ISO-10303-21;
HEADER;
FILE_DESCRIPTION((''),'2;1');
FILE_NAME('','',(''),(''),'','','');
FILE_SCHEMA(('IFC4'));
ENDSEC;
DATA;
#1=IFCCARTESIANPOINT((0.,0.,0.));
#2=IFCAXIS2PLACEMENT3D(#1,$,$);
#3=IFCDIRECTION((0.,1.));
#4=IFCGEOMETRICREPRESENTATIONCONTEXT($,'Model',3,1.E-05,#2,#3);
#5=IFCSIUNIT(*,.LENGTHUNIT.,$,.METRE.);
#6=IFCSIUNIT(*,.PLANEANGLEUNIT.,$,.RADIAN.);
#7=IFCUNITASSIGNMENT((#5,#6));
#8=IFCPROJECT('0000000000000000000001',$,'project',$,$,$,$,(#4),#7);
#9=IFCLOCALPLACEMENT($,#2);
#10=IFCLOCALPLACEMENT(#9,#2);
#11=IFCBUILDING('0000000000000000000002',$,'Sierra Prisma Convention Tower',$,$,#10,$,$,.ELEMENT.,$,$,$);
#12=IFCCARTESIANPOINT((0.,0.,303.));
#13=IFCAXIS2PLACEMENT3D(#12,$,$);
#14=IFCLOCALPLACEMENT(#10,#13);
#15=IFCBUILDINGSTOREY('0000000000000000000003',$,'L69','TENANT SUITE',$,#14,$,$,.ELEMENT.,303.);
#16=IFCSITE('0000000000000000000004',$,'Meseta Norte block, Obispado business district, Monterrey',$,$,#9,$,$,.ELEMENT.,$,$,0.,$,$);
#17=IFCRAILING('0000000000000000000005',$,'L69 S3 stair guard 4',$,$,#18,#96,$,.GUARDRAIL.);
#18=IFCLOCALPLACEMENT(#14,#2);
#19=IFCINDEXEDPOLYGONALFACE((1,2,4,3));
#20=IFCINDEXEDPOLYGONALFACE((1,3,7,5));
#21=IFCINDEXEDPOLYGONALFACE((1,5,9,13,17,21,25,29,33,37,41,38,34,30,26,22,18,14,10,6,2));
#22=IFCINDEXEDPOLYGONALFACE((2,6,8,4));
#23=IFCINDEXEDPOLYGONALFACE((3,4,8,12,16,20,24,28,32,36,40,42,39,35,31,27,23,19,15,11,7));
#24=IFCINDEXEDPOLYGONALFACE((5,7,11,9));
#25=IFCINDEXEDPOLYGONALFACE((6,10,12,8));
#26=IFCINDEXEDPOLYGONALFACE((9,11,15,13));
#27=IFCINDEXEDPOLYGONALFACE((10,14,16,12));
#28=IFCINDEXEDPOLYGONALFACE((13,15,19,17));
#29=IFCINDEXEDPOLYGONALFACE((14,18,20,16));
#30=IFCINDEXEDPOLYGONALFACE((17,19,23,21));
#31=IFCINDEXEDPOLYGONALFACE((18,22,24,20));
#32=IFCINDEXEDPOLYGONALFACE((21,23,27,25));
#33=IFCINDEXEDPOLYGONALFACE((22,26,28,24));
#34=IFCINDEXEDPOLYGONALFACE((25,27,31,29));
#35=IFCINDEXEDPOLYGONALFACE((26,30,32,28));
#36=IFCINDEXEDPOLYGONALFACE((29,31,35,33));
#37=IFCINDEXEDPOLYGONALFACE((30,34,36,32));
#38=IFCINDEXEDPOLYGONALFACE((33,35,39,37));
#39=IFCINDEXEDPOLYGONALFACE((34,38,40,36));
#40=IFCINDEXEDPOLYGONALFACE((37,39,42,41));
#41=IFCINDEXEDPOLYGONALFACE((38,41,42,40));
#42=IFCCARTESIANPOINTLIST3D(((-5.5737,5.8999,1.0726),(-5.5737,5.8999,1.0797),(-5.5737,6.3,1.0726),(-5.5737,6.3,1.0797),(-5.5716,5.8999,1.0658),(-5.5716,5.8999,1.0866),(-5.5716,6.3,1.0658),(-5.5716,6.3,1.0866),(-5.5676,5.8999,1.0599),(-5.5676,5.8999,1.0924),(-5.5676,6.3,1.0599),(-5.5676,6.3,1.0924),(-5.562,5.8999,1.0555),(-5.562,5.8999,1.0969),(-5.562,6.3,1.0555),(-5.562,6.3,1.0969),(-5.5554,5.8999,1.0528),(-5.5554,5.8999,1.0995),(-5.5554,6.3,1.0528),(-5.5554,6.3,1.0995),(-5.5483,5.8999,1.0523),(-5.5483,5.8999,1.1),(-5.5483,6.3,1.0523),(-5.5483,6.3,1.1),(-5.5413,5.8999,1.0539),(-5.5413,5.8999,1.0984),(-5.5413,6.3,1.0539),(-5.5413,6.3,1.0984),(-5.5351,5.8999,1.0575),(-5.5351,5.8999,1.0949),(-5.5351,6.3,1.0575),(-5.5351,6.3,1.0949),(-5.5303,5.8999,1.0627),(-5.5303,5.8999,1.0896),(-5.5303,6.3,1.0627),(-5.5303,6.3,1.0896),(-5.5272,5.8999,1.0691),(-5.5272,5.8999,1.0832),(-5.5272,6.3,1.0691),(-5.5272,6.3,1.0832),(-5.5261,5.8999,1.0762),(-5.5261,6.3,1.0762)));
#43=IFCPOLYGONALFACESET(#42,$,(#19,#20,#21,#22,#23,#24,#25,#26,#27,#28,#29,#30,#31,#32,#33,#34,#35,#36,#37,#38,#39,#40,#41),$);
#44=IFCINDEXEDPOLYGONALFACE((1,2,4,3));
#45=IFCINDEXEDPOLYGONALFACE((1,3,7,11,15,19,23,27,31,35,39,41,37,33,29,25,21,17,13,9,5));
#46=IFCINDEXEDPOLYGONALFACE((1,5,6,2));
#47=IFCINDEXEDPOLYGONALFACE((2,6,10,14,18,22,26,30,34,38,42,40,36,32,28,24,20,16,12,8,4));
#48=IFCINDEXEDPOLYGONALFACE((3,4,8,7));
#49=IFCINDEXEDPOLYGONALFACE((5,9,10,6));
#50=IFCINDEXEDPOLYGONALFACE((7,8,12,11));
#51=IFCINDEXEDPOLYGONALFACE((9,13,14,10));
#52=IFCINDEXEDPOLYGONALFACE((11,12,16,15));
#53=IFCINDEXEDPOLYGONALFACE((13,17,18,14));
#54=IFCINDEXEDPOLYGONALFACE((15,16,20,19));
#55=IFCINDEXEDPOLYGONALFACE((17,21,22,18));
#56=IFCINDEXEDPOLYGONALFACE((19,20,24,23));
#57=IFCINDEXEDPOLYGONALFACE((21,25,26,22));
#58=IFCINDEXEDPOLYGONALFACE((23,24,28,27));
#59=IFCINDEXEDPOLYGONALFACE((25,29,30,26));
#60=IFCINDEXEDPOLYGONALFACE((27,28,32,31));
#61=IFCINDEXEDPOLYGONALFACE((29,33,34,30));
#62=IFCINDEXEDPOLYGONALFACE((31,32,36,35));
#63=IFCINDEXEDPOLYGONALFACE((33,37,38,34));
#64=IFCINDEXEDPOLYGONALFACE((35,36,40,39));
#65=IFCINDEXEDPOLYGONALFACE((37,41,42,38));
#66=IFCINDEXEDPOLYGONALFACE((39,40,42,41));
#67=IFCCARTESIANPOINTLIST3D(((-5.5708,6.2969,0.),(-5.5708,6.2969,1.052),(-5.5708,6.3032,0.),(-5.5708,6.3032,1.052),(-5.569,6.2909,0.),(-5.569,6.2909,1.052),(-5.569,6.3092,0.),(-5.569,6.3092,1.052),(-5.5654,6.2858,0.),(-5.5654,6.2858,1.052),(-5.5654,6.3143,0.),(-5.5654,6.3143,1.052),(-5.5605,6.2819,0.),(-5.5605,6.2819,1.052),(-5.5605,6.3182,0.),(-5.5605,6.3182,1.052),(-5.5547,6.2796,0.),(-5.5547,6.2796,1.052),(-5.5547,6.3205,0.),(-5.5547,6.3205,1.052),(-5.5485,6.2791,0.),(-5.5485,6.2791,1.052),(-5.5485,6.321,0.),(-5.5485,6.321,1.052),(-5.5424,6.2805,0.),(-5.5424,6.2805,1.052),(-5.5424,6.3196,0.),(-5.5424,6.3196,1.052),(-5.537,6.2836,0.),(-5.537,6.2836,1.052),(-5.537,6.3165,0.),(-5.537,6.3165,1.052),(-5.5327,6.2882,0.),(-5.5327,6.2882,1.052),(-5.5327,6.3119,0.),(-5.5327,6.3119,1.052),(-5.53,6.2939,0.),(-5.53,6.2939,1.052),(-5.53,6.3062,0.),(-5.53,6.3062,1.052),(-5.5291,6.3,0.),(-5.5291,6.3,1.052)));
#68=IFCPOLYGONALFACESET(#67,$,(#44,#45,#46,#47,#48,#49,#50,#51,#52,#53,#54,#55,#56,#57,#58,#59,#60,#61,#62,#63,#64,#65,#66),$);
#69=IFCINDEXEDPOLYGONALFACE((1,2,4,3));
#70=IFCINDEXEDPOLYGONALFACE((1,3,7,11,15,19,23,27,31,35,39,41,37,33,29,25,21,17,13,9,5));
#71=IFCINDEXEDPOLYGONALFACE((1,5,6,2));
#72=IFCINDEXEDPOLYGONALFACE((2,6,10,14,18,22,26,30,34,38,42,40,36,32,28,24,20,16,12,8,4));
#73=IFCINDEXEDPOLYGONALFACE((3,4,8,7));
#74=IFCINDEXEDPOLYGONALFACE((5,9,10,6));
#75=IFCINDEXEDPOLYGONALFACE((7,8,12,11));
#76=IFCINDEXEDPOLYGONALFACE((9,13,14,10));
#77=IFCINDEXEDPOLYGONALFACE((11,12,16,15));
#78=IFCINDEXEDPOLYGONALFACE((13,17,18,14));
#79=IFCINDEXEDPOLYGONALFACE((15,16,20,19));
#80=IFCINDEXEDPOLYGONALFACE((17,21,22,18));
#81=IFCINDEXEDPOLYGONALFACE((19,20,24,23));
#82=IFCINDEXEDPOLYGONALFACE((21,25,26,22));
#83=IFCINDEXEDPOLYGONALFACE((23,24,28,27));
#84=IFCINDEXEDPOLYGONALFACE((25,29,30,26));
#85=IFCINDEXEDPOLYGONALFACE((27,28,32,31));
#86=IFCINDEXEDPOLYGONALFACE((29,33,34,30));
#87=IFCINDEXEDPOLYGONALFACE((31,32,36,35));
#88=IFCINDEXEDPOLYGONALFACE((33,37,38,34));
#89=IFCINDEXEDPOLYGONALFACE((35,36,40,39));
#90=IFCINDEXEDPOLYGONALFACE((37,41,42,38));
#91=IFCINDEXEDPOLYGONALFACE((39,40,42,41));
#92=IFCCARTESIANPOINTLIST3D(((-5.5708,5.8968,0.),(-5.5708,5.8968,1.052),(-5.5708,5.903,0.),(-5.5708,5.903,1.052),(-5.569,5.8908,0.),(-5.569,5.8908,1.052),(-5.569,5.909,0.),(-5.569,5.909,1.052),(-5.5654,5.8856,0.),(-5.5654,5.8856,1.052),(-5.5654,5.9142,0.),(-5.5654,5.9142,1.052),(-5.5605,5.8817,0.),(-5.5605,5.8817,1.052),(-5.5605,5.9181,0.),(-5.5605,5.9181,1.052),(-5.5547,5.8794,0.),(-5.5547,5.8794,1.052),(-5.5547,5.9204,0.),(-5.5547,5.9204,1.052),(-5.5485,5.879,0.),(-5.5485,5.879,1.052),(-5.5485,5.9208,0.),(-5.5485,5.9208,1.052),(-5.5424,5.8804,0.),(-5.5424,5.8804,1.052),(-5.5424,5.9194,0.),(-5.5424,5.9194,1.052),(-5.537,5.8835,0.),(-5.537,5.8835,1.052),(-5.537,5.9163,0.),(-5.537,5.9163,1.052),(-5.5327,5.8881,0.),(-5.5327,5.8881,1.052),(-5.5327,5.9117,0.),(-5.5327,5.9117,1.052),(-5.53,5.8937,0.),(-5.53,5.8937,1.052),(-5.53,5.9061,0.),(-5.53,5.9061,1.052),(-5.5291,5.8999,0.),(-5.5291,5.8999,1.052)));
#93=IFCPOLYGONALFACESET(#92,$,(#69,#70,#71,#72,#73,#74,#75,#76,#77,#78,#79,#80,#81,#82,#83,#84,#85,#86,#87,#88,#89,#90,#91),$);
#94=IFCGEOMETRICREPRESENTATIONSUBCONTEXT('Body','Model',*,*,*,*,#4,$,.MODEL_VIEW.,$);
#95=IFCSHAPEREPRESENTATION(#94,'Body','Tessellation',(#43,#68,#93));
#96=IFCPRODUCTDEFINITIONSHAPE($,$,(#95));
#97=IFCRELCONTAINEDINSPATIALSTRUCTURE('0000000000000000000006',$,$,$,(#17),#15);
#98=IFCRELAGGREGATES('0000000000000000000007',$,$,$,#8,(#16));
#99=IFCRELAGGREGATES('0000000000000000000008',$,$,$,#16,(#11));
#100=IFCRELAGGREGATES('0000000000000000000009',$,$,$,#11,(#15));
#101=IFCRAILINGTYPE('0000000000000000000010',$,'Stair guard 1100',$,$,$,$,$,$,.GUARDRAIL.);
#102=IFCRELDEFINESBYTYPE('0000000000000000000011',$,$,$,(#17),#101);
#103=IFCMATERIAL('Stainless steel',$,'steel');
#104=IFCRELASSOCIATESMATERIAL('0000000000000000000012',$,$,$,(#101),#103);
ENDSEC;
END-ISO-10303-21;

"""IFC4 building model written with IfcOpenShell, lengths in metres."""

from ifc_helpers import new_model, si_unit, direction, frame, origin, origin_2d, place, context, subcontext, project, spatial, circle, extrude, material, type_object, element, save


model = new_model("IFC4")

# Units and contexts
model_context = context("Model", 3, precision=1e-05, world=origin(), true_north=direction((0.0, 1.0)))
body_context = subcontext(model_context, "Body", "Model", "MODEL_VIEW")
ifc_project = project(units=[si_unit("LENGTHUNIT", "METRE"), si_unit("PLANEANGLEUNIT", "RADIAN")], contexts=[model_context])

# Site, building, storey
site_placement = place(None, origin())
site = spatial("IfcSite", under=ifc_project, at=site_placement, Name="Meseta Norte block, Obispado business district, Monterrey", CompositionType="ELEMENT", RefElevation=0.0)
building_placement = place(site_placement, origin())
building = spatial("IfcBuilding", under=site, at=building_placement, Name="Sierra Prisma Convention Tower", CompositionType="ELEMENT")
storey_placement = place(building_placement, frame((0.0, 0.0, 303.0)))
storey = spatial("IfcBuildingStorey", under=building, at=storey_placement, Name="L69", Description="TENANT SUITE", CompositionType="ELEMENT", Elevation=303.0)

# Railing
ifc_material_1 = material(Name="Stainless steel", Category="steel")
railing_type_1 = type_object("IfcRailingType", Name="Stair guard 1100", PredefinedType="GUARDRAIL", material=ifc_material_1)
railing_1_placement = place(storey_placement, frame((-5.55, 6.3, 0.0)))
element("IfcRailing", 1, at=railing_1_placement, inside=storey, type_object=railing_type_1, Name="L69 S3 stair guard 4", PredefinedType="GUARDRAIL", context=body_context, shape_type="SweptSolid", body=[
    extrude(circle(Radius=0.0239, at=origin_2d()), frame((0.0, 0.0, 1.0762), z_axis=(0.0, -1.0, 0.0), x_axis=(1.0, 0.0, 0.0)), (0.0, 0.0, 1.0), 0.4001),
    extrude(circle(Radius=0.021, at=origin_2d()), origin(), (0.0, 0.0, 1.0), 1.052),
    extrude(circle(Radius=0.021, at=origin_2d()), frame((0.0, -0.4001, 0.0)), (0.0, 0.0, 1.0), 1.052),
])

save(model, "model.ifc")
